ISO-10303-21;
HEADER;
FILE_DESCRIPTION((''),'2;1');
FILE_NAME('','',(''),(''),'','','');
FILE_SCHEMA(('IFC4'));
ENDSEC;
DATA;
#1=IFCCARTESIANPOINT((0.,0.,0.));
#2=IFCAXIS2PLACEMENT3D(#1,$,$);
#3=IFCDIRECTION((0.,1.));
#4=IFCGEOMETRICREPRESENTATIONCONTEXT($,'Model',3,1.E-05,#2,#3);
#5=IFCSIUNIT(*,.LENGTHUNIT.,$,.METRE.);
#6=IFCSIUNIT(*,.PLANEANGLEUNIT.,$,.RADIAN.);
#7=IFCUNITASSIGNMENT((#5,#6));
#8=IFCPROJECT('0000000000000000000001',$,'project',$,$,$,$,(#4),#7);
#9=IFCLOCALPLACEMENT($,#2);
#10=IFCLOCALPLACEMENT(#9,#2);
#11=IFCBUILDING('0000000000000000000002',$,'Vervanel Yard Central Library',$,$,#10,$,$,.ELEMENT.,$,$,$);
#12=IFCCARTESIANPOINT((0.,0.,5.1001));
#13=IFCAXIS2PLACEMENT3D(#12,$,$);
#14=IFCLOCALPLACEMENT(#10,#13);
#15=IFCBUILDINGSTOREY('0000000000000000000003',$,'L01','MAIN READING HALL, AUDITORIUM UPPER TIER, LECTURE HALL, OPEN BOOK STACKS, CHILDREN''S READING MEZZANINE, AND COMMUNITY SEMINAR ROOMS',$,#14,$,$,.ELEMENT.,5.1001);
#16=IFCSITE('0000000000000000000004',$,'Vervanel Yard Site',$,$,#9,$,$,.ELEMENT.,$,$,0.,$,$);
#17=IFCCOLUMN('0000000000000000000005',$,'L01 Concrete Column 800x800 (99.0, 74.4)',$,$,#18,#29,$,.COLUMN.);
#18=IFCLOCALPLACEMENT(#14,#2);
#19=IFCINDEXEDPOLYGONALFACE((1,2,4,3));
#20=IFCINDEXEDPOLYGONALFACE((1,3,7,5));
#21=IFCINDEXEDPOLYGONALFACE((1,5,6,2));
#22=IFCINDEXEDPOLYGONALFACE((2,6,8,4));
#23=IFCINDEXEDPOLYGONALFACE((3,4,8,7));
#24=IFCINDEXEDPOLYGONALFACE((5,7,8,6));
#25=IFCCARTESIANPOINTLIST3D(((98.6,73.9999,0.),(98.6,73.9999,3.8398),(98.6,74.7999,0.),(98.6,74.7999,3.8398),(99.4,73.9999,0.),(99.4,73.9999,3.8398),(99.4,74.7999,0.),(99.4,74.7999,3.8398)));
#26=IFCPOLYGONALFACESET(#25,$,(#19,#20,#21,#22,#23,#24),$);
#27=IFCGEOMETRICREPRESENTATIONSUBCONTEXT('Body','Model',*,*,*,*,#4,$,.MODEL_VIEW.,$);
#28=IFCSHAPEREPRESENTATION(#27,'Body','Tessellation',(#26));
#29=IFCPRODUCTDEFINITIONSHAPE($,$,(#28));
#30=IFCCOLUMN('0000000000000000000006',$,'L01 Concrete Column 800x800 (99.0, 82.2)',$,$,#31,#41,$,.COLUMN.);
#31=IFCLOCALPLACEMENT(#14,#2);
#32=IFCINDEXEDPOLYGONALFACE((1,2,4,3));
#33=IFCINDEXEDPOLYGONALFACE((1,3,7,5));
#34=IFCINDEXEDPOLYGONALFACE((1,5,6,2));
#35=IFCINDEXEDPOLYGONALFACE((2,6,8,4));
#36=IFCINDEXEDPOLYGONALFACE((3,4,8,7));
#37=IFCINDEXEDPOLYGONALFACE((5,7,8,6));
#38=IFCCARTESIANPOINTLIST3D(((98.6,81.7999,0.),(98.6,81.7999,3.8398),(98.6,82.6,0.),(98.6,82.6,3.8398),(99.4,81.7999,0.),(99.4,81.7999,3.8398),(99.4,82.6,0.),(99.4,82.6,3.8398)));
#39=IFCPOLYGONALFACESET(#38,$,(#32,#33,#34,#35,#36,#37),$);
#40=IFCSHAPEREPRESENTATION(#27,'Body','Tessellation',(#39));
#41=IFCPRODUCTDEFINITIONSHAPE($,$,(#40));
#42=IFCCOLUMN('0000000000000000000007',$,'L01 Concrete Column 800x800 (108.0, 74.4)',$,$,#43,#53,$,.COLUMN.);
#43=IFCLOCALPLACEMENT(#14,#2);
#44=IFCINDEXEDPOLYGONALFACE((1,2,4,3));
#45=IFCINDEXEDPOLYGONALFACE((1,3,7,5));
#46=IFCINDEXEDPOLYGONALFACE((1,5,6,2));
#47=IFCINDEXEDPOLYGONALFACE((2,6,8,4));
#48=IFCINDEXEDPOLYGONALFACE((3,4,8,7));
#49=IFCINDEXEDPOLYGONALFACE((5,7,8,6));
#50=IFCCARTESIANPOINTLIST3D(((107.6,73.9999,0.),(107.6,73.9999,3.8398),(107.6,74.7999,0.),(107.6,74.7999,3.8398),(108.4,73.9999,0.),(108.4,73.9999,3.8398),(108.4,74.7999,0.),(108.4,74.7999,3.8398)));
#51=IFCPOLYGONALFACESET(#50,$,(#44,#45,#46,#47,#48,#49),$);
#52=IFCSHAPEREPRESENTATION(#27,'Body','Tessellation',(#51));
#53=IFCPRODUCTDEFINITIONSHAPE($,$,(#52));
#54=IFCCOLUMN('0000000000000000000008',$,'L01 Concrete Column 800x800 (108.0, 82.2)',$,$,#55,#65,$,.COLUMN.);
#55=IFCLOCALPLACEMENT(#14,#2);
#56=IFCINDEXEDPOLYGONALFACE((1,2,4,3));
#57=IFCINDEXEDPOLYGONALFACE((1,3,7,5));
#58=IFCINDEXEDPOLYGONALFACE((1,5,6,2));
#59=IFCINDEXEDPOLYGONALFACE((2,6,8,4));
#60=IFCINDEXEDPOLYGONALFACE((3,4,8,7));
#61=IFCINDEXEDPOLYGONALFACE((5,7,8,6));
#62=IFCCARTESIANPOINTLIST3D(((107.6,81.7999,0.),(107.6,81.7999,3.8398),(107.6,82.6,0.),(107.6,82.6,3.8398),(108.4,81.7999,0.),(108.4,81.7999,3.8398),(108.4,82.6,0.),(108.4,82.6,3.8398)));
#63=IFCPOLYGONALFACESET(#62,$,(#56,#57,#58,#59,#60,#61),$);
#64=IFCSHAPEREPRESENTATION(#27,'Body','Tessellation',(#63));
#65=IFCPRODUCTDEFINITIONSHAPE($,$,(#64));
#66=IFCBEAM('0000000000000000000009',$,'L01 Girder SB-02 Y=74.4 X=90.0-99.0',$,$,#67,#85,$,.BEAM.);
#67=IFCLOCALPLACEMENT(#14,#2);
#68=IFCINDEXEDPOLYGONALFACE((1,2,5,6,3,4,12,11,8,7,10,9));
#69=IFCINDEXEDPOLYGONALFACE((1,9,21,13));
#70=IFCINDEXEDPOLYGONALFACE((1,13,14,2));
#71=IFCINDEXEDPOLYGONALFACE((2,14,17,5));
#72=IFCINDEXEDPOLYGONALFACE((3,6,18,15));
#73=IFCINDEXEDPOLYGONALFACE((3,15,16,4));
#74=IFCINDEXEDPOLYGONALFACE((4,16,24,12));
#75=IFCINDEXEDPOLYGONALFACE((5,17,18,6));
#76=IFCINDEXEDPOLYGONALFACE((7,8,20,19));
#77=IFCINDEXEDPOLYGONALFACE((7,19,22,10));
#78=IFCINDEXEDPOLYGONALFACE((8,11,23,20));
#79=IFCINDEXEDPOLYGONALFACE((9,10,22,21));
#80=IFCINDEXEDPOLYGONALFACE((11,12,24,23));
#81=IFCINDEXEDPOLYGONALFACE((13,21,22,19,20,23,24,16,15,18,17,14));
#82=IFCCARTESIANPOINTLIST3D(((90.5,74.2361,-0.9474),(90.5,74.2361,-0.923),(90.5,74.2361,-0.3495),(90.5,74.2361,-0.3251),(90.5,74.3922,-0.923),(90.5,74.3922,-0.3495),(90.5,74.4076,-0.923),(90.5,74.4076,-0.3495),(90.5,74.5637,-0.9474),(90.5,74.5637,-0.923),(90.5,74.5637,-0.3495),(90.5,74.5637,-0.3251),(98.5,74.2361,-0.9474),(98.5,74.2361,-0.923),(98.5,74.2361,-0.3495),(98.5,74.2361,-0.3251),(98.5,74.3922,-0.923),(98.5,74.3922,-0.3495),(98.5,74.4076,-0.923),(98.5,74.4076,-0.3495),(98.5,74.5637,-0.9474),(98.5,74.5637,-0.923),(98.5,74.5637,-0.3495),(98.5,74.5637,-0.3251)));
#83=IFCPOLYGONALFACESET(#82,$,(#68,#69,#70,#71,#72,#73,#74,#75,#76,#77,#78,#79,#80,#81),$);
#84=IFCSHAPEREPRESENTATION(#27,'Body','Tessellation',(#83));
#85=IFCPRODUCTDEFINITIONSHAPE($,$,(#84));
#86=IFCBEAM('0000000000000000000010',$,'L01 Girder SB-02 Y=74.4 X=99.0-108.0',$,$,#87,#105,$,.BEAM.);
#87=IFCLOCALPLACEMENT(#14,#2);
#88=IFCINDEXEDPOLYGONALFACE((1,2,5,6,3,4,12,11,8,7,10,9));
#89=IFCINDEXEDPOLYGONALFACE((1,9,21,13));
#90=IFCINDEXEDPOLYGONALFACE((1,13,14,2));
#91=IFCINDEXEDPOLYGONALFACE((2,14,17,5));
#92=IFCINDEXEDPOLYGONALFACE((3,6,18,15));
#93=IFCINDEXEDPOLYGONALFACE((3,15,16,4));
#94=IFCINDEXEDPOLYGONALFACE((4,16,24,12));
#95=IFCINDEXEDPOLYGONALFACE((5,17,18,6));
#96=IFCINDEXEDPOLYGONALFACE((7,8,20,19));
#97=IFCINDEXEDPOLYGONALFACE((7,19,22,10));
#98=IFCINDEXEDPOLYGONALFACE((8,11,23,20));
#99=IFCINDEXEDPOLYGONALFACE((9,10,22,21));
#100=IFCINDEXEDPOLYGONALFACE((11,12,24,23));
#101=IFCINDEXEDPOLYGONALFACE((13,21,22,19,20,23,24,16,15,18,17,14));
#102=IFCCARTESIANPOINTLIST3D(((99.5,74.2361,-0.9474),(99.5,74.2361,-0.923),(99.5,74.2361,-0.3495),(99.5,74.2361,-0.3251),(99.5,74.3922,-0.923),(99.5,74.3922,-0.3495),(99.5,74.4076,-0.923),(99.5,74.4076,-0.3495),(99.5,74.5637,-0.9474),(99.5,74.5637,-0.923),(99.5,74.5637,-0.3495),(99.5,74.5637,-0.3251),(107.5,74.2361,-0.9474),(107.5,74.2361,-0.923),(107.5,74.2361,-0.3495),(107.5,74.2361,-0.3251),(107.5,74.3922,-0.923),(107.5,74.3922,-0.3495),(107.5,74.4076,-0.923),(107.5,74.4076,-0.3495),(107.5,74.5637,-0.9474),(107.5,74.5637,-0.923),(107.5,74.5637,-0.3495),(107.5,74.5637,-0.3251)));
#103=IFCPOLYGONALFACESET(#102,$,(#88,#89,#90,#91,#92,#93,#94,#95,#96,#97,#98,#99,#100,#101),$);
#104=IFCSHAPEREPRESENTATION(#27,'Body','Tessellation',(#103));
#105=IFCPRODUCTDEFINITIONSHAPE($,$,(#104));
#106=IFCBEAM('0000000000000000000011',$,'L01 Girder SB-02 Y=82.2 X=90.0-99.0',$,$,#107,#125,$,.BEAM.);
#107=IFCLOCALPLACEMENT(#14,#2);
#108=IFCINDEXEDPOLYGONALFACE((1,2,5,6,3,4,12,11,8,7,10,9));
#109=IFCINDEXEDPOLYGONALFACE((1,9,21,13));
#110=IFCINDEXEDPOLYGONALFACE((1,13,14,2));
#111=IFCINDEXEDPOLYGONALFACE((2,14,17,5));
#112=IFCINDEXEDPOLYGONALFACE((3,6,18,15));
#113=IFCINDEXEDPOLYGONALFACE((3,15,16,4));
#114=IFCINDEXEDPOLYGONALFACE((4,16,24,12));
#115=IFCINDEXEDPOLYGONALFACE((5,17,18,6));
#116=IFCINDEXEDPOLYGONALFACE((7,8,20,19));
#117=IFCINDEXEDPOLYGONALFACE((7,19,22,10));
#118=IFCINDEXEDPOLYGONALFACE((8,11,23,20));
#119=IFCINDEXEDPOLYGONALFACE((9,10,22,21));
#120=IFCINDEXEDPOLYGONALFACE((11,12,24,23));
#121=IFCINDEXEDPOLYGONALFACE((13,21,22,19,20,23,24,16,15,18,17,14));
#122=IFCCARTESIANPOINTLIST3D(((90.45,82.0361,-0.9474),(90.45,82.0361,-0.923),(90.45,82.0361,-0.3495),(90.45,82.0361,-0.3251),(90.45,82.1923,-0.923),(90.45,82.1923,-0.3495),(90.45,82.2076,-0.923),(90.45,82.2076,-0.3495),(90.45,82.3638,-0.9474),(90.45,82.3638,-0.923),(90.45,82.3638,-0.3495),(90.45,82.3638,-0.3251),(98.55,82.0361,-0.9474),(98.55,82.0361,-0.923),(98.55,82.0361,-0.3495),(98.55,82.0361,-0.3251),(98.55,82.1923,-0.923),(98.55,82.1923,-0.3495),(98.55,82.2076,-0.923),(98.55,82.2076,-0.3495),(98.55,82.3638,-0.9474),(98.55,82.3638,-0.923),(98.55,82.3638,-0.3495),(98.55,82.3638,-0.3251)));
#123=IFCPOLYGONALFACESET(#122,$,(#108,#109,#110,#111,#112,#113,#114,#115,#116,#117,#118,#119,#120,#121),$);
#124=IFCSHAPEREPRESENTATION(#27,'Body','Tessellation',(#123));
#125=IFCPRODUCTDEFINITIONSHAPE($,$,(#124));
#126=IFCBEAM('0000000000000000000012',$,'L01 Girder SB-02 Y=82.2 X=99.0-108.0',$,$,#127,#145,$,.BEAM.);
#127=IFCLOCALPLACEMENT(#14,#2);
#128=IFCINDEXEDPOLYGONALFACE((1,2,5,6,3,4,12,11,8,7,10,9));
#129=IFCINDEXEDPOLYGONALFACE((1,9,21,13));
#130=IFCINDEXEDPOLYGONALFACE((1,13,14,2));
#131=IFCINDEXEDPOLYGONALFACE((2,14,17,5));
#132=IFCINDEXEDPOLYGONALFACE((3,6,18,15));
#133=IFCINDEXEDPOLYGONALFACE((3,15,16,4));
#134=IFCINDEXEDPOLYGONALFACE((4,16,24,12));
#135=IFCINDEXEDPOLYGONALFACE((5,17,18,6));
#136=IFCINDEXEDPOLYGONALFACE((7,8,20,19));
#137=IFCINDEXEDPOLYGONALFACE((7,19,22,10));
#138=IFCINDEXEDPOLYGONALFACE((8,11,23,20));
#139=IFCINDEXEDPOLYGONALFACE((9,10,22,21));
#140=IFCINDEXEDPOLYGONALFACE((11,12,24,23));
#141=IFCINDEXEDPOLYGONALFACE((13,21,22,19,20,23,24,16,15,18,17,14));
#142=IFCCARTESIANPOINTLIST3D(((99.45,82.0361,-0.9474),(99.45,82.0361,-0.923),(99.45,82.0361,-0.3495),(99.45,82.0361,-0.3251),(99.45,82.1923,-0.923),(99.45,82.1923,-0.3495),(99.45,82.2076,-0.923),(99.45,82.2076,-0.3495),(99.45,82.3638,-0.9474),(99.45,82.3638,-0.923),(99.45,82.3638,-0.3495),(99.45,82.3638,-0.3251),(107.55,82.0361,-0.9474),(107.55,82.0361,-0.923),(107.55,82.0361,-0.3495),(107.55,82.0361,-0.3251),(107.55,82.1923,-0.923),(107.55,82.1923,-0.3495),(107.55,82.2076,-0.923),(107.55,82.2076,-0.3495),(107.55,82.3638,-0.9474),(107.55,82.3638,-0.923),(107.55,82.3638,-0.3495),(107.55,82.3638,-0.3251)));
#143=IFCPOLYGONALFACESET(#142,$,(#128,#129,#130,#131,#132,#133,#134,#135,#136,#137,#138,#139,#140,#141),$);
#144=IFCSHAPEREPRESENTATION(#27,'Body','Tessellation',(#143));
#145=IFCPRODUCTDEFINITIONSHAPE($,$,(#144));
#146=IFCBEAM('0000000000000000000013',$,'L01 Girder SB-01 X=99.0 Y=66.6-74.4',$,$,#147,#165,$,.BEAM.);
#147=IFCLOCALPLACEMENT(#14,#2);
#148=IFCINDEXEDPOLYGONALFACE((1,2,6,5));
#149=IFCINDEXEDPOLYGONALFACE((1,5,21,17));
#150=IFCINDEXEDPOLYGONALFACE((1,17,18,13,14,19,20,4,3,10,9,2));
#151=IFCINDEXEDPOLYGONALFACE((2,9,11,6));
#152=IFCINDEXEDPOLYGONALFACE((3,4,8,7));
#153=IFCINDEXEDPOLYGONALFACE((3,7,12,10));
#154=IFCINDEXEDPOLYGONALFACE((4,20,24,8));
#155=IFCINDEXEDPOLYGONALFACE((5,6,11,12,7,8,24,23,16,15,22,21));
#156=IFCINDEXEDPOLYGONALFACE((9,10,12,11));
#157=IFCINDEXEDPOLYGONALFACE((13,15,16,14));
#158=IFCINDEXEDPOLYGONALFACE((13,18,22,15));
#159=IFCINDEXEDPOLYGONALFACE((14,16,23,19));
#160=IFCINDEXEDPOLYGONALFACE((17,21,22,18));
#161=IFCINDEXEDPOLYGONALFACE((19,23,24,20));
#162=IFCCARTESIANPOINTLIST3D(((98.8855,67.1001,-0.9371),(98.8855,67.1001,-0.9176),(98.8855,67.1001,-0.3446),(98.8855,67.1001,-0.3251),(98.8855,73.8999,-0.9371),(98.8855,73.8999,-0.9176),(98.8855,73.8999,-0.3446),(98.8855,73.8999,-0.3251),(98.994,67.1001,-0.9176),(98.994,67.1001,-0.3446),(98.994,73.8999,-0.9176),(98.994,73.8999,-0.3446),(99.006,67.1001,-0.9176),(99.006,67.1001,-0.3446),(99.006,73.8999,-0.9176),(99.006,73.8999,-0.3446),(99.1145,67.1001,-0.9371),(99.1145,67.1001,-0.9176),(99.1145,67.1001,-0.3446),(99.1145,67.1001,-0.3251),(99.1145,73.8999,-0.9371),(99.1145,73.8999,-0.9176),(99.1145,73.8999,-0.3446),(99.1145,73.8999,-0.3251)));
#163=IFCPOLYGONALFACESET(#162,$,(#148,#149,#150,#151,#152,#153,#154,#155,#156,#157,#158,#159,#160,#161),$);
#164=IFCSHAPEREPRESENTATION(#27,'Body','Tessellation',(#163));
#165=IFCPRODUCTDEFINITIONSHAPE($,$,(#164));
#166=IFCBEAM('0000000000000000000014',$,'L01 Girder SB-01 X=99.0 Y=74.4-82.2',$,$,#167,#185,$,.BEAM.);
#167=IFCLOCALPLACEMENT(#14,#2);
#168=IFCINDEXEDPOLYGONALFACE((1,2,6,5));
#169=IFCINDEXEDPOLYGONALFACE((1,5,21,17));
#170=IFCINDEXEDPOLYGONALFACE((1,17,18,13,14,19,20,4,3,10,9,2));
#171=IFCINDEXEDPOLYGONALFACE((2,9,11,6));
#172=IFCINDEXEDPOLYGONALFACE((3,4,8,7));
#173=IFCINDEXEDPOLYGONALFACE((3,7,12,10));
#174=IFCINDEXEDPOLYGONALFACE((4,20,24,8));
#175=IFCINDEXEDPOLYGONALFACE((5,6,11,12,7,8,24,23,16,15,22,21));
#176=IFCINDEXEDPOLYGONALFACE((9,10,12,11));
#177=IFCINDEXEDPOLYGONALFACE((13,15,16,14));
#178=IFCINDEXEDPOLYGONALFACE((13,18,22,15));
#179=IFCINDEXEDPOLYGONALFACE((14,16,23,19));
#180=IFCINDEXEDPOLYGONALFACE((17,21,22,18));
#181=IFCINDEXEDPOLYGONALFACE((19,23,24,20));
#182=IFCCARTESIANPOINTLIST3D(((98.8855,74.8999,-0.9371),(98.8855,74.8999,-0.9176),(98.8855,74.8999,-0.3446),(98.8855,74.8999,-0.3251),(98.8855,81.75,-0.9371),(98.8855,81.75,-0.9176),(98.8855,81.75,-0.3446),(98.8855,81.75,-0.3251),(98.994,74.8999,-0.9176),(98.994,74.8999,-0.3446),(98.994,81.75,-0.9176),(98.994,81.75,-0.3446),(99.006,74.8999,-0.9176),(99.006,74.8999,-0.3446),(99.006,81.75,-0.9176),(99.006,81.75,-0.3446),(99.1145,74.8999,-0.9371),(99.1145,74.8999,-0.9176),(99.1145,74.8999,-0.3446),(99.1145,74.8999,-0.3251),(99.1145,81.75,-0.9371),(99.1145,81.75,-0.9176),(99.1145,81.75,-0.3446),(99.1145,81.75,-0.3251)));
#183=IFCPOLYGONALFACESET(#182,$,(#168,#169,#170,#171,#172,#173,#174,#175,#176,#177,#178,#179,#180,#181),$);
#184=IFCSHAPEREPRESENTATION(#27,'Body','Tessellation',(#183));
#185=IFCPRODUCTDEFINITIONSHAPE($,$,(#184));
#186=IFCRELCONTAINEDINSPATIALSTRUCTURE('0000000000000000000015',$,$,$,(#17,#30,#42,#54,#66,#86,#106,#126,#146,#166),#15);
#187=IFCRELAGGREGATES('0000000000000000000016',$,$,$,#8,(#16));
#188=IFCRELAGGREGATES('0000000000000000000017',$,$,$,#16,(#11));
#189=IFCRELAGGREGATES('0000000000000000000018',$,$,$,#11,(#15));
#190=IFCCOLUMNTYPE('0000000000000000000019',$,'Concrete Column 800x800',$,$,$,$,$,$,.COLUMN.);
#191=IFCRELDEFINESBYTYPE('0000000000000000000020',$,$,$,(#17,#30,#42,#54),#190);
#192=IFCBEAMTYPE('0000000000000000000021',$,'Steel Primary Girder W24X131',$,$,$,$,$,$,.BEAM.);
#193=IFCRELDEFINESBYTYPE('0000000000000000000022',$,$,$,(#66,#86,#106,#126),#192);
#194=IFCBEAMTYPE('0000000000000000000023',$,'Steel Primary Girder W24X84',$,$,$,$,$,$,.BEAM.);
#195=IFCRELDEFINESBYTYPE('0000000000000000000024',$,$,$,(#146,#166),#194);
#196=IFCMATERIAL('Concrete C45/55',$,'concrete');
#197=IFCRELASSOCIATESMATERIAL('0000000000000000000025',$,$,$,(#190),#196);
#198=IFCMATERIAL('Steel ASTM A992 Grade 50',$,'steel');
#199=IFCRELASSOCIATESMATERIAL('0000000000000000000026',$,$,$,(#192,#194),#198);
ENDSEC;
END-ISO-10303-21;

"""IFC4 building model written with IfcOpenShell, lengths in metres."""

from ifc_helpers import new_model, si_unit, direction, frame, origin, origin_2d, place, context, subcontext, project, spatial, rectangle, i_section, extrude, material, material_profile, profile_set, type_object, element, save


model = new_model("IFC4")

# Units and contexts
model_context = context("Model", 3, precision=1e-05, world=origin(), true_north=direction((0.0, 1.0)))
body_context = subcontext(model_context, "Body", "Model", "MODEL_VIEW")
ifc_project = project(units=[si_unit("LENGTHUNIT", "METRE"), si_unit("PLANEANGLEUNIT", "RADIAN")], contexts=[model_context])

# Site, building, storey
site_placement = place(None, origin())
site = spatial("IfcSite", under=ifc_project, at=site_placement, Name="Vervanel Yard Site", CompositionType="ELEMENT", RefElevation=0.0)
building_placement = place(site_placement, origin())
building = spatial("IfcBuilding", under=site, at=building_placement, Name="Vervanel Yard Central Library", CompositionType="ELEMENT")
storey_placement = place(building_placement, frame((0.0, 0.0, 5.1001)))
storey = spatial("IfcBuildingStorey", under=building, at=storey_placement, Name="L01", Description="MAIN READING HALL, AUDITORIUM UPPER TIER, LECTURE HALL, OPEN BOOK STACKS, CHILDREN'S READING MEZZANINE, AND COMMUNITY SEMINAR ROOMS", CompositionType="ELEMENT", Elevation=5.1001)

# Columns
ifc_material_1 = material(Name="Concrete C45/55", Category="concrete")
ifc_material_profile_1 = material_profile(ifc_material_1, rectangle(XDim=0.8, YDim=0.8, at=origin_2d()), Name="RC 800x800", Category="concrete")
ifc_profile_set_1 = profile_set([ifc_material_profile_1], Name="Concrete C45/55")
column_type = type_object("IfcColumnType", Name="Concrete Column 800x800", PredefinedType="COLUMN", material=ifc_profile_set_1)
for number, where, z_axis, x_axis, name in (
    (1, (99.0, 74.3999, 0.0), (0.0, 0.0, 1.0), (1.0, 0.0, 0.0), "L01 Concrete Column 800x800 (99.0, 74.4)"),
    (2, (99.0, 82.2, 0.0), (0.0, 0.0, 1.0), (1.0, 0.0, 0.0), "L01 Concrete Column 800x800 (99.0, 82.2)"),
    (3, (108.0, 74.3999, 0.0), (0.0, 0.0, 1.0), (1.0, 0.0, 0.0), "L01 Concrete Column 800x800 (108.0, 74.4)"),
    (4, (108.0, 82.2, 0.0), (0.0, 0.0, 1.0), (1.0, 0.0, 0.0), "L01 Concrete Column 800x800 (108.0, 82.2)"),
):
    element("IfcColumn", number, at=place(storey_placement, frame(where, z_axis=z_axis, x_axis=x_axis)), inside=storey, type_object=column_type, Name=name, PredefinedType="COLUMN", context=body_context, shape_type="SweptSolid", body=[
        extrude(rectangle(XDim=0.8, YDim=0.8, at=origin_2d()), origin(), (0.0, 0.0, 1.0), 3.8398),
    ])

# Beams
ifc_material_2 = material(Name="Steel ASTM A992 Grade 50", Category="steel")
ifc_material_profile_2 = material_profile(ifc_material_2, i_section(OverallWidth=0.3276, OverallDepth=0.6223, WebThickness=0.0154, FlangeThickness=0.0244, at=origin_2d()), Name="W24X131", Category="steel")
ifc_profile_set_2 = profile_set([ifc_material_profile_2], Name="Steel ASTM A992 Grade 50")
beam_type_1 = type_object("IfcBeamType", Name="Steel Primary Girder W24X131", PredefinedType="BEAM", material=ifc_profile_set_2)
for number, where, z_axis, x_axis, name in (
    (5, (90.5, 74.3999, -0.6362), (1.0, 0.0, 0.0), (0.0, 1.0, 0.0), "L01 Girder SB-02 Y=74.4 X=90.0-99.0"),
    (6, (99.5, 74.3999, -0.6362), (1.0, 0.0, 0.0), (0.0, 1.0, 0.0), "L01 Girder SB-02 Y=74.4 X=99.0-108.0"),
):
    element("IfcBeam", number, at=place(storey_placement, frame(where, z_axis=z_axis, x_axis=x_axis)), inside=storey, type_object=beam_type_1, Name=name, PredefinedType="BEAM", context=body_context, shape_type="SweptSolid", body=[
        extrude(i_section(OverallWidth=0.3276, OverallDepth=0.6223, WebThickness=0.0154, FlangeThickness=0.0244, at=origin_2d()), origin(), (0.0, 0.0, 1.0), 8.0),
    ])
for number, where, z_axis, x_axis, name in (
    (7, (90.45, 82.2, -0.6362), (1.0, 0.0, 0.0), (0.0, 1.0, 0.0), "L01 Girder SB-02 Y=82.2 X=90.0-99.0"),
    (8, (99.45, 82.2, -0.6362), (1.0, 0.0, 0.0), (0.0, 1.0, 0.0), "L01 Girder SB-02 Y=82.2 X=99.0-108.0"),
):
    element("IfcBeam", number, at=place(storey_placement, frame(where, z_axis=z_axis, x_axis=x_axis)), inside=storey, type_object=beam_type_1, Name=name, PredefinedType="BEAM", context=body_context, shape_type="SweptSolid", body=[
        extrude(i_section(OverallWidth=0.3276, OverallDepth=0.6223, WebThickness=0.0154, FlangeThickness=0.0244, at=origin_2d()), origin(), (0.0, 0.0, 1.0), 8.1001),
    ])
ifc_material_profile_3 = material_profile(ifc_material_2, i_section(OverallWidth=0.229, OverallDepth=0.6121, WebThickness=0.012, FlangeThickness=0.0195, at=origin_2d()), Name="W24X84", Category="steel")
ifc_profile_set_3 = profile_set([ifc_material_profile_3], Name="Steel ASTM A992 Grade 50")
beam_type_2 = type_object("IfcBeamType", Name="Steel Primary Girder W24X84", PredefinedType="BEAM", material=ifc_profile_set_3)
beam_1_placement = place(storey_placement, frame((99.0, 67.1001, -0.6311), z_axis=(0.0, 1.0, 0.0), x_axis=(-1.0, 0.0, 0.0)))
element("IfcBeam", 9, at=beam_1_placement, inside=storey, type_object=beam_type_2, Name="L01 Girder SB-01 X=99.0 Y=66.6-74.4", PredefinedType="BEAM", context=body_context, shape_type="SweptSolid", body=[
    extrude(i_section(OverallWidth=0.229, OverallDepth=0.6121, WebThickness=0.012, FlangeThickness=0.0195, at=origin_2d()), origin(), (0.0, 0.0, 1.0), 6.7998),
])
beam_2_placement = place(storey_placement, frame((99.0, 74.8999, -0.6311), z_axis=(0.0, 1.0, 0.0), x_axis=(-1.0, 0.0, 0.0)))
element("IfcBeam", 10, at=beam_2_placement, inside=storey, type_object=beam_type_2, Name="L01 Girder SB-01 X=99.0 Y=74.4-82.2", PredefinedType="BEAM", context=body_context, shape_type="SweptSolid", body=[
    extrude(i_section(OverallWidth=0.229, OverallDepth=0.6121, WebThickness=0.012, FlangeThickness=0.0195, at=origin_2d()), origin(), (0.0, 0.0, 1.0), 6.8501),
])

save(model, "model.ifc")
